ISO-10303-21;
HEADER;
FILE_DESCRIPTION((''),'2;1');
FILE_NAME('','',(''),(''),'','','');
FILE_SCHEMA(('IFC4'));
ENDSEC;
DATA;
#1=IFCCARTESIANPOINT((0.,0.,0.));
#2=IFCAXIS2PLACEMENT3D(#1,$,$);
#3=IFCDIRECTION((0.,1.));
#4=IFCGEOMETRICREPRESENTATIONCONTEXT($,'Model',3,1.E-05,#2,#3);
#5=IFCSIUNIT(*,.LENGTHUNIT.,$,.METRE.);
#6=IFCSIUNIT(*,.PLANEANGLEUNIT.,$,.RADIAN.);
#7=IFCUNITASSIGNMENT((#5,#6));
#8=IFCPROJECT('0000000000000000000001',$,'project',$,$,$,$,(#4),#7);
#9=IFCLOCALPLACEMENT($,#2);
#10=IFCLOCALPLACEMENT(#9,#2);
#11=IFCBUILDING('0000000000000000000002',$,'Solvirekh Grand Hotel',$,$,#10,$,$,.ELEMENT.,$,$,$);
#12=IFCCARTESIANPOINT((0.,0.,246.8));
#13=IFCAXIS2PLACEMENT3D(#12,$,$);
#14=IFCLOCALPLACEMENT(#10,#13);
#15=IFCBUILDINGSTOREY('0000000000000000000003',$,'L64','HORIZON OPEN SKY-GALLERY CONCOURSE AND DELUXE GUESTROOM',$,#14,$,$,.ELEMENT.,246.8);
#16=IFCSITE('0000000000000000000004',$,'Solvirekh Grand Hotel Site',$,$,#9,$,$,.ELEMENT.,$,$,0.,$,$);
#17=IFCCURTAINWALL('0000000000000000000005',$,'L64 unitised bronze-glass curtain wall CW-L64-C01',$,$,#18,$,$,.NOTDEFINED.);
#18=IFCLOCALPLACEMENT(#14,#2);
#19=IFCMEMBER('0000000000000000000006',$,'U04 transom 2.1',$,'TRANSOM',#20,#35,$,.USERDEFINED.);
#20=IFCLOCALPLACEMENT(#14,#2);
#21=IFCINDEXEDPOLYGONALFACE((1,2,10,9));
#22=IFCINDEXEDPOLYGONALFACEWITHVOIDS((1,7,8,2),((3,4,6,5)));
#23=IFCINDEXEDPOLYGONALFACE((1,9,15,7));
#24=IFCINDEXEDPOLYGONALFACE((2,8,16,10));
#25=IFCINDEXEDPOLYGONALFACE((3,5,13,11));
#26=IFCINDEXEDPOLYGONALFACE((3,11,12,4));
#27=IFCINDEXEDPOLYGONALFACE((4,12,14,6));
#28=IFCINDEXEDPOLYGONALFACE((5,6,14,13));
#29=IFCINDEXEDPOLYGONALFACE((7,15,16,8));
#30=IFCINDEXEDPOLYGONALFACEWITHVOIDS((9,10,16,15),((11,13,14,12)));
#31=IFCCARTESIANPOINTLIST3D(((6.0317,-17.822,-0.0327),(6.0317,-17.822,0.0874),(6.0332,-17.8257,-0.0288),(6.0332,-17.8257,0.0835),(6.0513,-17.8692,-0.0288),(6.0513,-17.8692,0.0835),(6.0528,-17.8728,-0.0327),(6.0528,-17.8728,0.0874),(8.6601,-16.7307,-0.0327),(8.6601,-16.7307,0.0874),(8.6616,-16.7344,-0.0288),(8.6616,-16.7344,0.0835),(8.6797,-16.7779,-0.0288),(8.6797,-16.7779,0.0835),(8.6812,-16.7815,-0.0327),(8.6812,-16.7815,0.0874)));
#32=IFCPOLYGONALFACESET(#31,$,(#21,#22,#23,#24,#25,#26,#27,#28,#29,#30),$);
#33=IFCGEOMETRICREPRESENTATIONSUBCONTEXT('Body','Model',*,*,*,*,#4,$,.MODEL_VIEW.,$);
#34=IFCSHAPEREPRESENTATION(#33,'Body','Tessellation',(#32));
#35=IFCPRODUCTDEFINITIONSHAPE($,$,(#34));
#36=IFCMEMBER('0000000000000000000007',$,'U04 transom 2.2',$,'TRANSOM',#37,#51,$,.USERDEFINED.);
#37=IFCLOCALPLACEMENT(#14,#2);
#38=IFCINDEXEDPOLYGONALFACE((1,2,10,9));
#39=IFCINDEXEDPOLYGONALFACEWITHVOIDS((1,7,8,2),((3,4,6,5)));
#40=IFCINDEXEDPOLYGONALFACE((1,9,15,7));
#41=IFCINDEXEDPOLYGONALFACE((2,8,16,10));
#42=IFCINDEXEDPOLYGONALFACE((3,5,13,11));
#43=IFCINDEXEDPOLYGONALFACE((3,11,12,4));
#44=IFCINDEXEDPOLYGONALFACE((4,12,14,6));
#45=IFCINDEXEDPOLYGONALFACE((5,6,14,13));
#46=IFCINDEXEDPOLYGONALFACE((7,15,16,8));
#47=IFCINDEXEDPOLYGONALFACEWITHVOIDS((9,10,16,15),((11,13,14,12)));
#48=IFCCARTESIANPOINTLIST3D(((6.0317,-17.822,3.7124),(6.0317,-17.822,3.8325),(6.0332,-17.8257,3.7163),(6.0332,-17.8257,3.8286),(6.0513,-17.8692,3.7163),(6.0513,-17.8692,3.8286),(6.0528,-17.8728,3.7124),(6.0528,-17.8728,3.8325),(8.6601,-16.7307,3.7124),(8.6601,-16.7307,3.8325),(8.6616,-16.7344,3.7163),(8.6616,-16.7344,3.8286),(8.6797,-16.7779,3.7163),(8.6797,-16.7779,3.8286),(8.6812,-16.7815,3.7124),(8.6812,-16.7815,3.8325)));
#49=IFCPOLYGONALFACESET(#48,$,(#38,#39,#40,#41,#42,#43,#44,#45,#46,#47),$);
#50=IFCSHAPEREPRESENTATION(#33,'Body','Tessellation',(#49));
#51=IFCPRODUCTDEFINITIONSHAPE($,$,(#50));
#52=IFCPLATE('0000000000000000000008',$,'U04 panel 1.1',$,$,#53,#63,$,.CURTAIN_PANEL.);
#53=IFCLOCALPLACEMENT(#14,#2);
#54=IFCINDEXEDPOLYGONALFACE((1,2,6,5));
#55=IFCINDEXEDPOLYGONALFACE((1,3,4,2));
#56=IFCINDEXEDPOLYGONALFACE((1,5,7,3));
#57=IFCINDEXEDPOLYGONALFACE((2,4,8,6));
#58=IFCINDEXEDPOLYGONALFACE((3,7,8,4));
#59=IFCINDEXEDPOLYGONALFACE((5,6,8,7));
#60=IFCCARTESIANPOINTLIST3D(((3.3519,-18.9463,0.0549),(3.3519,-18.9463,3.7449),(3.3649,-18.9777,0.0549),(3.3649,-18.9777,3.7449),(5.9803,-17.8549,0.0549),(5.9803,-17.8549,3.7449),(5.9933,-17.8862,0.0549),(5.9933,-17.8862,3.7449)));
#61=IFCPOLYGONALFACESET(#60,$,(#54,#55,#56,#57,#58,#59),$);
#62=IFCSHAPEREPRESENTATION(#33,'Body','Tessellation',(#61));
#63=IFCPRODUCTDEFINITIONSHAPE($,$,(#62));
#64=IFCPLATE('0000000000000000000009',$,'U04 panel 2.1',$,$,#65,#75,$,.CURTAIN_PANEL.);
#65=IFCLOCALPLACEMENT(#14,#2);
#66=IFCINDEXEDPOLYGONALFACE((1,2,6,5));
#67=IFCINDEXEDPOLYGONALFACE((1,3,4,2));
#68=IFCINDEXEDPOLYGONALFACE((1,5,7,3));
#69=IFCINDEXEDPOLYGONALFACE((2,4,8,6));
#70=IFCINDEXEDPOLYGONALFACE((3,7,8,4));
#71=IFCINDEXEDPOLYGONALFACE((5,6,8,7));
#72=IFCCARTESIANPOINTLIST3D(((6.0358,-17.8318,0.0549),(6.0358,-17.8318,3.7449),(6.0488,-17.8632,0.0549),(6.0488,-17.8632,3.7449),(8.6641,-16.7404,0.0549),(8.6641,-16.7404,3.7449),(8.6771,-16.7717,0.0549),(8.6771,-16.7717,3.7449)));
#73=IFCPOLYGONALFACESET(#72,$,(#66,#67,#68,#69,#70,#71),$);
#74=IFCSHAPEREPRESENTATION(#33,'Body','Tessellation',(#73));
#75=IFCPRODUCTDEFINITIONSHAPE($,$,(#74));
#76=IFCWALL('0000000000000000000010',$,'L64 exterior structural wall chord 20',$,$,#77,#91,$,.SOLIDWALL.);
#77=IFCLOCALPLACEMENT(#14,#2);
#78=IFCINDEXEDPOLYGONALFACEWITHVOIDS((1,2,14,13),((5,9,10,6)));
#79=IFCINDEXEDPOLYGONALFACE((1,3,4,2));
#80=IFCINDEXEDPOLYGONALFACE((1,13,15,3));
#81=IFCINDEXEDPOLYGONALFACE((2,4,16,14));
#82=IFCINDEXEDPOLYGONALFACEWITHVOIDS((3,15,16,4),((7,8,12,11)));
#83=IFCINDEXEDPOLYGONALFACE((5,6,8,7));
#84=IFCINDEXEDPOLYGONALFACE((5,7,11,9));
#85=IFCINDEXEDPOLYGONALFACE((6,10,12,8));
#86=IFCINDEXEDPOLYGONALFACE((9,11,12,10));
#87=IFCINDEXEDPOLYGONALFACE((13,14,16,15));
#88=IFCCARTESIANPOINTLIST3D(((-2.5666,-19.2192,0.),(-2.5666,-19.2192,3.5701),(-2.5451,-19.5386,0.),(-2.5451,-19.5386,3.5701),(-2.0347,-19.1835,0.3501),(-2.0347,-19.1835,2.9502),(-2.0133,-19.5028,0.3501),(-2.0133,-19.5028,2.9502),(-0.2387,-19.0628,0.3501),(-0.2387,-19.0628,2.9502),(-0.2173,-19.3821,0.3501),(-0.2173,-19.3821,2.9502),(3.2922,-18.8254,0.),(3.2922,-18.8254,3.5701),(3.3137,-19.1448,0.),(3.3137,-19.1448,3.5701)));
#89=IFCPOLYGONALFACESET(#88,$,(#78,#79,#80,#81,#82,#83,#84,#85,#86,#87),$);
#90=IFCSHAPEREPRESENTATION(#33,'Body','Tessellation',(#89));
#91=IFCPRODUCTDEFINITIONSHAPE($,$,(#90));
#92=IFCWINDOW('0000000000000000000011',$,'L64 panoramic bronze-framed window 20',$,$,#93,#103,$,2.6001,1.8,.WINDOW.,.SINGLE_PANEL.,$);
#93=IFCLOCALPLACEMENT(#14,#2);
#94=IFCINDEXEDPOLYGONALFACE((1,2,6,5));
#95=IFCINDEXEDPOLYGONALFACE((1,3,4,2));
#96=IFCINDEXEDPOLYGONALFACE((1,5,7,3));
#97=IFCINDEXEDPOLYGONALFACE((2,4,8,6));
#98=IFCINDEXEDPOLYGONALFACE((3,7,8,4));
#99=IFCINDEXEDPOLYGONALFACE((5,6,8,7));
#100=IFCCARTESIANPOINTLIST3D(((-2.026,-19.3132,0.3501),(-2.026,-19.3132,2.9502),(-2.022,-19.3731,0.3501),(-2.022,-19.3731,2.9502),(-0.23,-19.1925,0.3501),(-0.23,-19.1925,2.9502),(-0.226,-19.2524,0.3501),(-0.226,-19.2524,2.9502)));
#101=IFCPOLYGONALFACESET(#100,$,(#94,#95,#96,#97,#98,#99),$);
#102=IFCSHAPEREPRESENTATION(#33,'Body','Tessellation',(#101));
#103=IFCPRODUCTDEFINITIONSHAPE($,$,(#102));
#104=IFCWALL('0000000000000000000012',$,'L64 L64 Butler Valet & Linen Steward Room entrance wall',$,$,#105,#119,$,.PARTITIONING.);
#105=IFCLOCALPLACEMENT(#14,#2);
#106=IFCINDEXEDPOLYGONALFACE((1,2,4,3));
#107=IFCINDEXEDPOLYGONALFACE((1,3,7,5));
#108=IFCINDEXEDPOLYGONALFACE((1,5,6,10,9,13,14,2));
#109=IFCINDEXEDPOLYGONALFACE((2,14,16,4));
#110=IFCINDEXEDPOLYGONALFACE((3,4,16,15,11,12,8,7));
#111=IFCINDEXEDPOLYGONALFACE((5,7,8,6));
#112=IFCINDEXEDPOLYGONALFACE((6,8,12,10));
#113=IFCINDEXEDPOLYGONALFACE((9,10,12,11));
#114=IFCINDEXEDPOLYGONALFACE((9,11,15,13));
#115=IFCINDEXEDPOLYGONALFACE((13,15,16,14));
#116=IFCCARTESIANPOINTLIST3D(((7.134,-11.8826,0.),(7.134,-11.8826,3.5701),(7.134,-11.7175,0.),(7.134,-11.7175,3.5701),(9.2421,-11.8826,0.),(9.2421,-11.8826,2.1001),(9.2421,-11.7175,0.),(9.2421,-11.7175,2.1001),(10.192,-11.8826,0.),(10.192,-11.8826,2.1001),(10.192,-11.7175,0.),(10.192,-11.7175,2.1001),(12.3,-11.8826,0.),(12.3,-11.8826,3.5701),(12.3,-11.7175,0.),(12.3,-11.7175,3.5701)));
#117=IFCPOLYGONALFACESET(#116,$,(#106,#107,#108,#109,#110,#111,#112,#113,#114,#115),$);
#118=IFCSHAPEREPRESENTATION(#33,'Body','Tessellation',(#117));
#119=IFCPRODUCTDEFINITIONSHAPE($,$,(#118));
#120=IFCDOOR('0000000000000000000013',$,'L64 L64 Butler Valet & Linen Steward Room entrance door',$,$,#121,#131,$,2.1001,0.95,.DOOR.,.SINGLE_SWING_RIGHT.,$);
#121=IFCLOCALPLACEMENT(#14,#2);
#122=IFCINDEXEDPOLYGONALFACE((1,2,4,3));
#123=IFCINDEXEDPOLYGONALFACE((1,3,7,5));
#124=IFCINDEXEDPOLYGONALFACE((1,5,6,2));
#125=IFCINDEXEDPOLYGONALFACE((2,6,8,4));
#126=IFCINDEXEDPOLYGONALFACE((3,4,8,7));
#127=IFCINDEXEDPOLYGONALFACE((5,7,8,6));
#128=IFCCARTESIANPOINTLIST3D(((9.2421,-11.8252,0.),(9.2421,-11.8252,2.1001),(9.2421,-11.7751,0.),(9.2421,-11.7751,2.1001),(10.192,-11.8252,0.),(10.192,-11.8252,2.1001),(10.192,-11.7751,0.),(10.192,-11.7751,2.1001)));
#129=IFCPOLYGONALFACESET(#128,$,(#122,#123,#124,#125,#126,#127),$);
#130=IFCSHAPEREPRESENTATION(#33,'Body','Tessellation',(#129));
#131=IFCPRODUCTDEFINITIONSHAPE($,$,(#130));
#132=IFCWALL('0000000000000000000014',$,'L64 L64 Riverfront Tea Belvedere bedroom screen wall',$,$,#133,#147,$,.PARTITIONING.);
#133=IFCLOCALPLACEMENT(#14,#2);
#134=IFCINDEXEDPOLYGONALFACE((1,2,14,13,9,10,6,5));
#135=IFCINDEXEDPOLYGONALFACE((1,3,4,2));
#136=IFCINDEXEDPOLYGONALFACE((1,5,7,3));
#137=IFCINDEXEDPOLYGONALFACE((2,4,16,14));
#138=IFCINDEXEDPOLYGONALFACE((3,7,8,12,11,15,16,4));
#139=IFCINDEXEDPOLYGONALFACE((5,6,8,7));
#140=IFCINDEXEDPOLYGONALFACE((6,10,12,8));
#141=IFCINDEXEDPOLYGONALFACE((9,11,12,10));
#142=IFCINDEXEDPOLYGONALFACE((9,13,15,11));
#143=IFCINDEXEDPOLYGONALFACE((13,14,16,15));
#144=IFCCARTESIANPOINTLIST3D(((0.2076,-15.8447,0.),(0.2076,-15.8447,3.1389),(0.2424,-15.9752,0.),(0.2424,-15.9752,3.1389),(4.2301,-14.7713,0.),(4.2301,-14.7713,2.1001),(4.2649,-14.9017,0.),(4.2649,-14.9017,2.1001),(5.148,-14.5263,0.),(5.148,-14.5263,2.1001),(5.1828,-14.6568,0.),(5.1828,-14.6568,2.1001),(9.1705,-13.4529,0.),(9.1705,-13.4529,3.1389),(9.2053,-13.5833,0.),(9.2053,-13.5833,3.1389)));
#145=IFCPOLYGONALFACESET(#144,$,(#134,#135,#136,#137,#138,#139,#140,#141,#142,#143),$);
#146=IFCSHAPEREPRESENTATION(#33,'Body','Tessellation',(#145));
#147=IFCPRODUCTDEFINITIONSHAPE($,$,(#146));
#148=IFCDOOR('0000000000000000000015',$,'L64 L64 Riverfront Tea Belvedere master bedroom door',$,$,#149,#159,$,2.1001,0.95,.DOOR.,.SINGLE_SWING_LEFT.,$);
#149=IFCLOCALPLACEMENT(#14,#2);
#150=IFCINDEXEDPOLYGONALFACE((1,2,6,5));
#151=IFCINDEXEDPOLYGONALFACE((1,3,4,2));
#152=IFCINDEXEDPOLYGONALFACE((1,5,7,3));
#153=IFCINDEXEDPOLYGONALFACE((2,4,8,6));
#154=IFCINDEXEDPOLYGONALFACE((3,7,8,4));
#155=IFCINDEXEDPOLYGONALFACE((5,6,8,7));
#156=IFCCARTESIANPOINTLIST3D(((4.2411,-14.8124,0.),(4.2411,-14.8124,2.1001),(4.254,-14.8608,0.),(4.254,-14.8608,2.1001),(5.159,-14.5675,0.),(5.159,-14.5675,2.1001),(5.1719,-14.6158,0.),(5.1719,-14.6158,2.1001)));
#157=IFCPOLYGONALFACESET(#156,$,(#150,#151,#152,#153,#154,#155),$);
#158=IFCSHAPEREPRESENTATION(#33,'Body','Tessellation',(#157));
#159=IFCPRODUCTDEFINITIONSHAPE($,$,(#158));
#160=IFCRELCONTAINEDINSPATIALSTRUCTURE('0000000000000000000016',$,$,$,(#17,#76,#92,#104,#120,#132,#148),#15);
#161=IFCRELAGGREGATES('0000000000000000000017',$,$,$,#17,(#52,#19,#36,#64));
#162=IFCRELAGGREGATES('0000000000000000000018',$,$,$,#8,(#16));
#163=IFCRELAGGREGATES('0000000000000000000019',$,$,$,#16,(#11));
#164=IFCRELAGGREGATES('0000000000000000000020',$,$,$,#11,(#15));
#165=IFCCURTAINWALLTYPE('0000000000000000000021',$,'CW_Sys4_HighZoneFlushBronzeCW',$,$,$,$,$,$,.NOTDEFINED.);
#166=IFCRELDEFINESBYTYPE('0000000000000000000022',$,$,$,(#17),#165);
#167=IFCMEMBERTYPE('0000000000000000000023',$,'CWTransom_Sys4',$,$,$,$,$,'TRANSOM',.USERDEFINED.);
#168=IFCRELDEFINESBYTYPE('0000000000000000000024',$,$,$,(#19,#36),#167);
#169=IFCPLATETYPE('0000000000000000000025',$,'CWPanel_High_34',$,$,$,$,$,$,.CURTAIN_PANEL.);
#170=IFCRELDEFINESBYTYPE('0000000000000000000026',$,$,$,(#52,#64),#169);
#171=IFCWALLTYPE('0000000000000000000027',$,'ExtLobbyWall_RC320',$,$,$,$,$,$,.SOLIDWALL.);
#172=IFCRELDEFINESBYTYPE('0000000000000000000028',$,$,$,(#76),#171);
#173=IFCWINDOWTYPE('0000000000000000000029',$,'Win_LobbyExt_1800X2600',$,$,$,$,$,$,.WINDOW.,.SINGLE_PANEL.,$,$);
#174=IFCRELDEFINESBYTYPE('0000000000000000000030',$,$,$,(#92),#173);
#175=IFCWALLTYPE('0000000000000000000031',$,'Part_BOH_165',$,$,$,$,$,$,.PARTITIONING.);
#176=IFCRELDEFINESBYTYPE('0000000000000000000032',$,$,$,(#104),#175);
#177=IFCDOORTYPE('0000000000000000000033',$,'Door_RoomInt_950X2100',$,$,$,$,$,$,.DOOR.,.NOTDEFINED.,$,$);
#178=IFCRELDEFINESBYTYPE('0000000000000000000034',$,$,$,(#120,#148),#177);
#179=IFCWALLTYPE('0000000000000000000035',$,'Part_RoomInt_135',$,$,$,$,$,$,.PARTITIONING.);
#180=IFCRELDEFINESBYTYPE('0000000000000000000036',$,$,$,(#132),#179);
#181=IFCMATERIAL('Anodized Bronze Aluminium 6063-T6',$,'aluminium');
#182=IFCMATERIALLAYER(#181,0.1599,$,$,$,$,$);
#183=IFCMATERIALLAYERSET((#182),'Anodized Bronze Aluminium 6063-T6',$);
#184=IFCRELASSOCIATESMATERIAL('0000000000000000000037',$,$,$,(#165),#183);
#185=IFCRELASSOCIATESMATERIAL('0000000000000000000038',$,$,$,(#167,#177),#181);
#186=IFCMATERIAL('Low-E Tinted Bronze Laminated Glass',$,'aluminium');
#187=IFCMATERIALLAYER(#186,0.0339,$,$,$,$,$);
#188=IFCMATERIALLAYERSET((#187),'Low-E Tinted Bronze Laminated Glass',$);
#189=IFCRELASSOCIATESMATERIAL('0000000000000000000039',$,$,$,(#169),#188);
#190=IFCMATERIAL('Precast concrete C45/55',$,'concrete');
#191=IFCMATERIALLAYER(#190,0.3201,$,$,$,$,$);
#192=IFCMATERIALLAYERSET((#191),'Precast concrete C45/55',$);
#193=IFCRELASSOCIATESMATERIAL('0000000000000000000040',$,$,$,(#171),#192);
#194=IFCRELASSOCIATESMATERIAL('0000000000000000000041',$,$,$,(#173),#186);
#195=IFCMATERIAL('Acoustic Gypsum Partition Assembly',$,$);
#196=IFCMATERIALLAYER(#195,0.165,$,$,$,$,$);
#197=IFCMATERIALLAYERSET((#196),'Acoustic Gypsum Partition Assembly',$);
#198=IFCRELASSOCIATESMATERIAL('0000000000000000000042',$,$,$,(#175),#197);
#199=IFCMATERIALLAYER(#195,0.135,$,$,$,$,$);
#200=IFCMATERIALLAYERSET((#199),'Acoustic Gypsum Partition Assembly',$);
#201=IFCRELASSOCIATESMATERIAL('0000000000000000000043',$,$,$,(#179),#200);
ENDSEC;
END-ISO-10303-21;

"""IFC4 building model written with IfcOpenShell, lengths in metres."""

from ifc_helpers import new_model, si_unit, direction, frame, frame_2d, origin, origin_2d, place, context, subcontext, project, spatial, rectangle, hollow_rectangle, extrude, source, transform, mapped, material, layer, layer_set, material_profile, profile_set, type_object, element, fill, aggregate, save


model = new_model("IFC4")

# Units and contexts
model_context = context("Model", 3, precision=1e-05, world=origin(), true_north=direction((0.0, 1.0)))
body_context = subcontext(model_context, "Body", "Model", "MODEL_VIEW")
ifc_project = project(units=[si_unit("LENGTHUNIT", "METRE"), si_unit("PLANEANGLEUNIT", "RADIAN")], contexts=[model_context])

# Site, building, storey
site_placement = place(None, origin())
site = spatial("IfcSite", under=ifc_project, at=site_placement, Name="Solvirekh Grand Hotel Site", CompositionType="ELEMENT", RefElevation=0.0)
building_placement = place(site_placement, origin())
building = spatial("IfcBuilding", under=site, at=building_placement, Name="Solvirekh Grand Hotel", CompositionType="ELEMENT")
storey_placement = place(building_placement, frame((0.0, 0.0, 246.8)))
storey = spatial("IfcBuildingStorey", under=building, at=storey_placement, Name="L64", Description="HORIZON OPEN SKY-GALLERY CONCOURSE AND DELUXE GUESTROOM", CompositionType="ELEMENT", Elevation=246.8)

# Curtain wall, members, plates
ifc_material_1 = material(Name="Anodized Bronze Aluminium 6063-T6", Category="aluminium")
ifc_layer_1 = layer(ifc_material_1, 0.1599)
ifc_layer_set_1 = layer_set([ifc_layer_1], Name="Anodized Bronze Aluminium 6063-T6")
curtain_wall_type = type_object("IfcCurtainWallType", Name="CW_Sys4_HighZoneFlushBronzeCW", PredefinedType="NOTDEFINED", material=ifc_layer_set_1)
curtain_wall_placement = place(storey_placement, origin())
curtain_wall = element("IfcCurtainWall", 1, at=curtain_wall_placement, inside=storey, type_object=curtain_wall_type, Name="L64 unitised bronze-glass curtain wall CW-L64-C01", PredefinedType="NOTDEFINED")
ifc_material_profile_1 = material_profile(ifc_material_1, hollow_rectangle(XDim=0.0549, YDim=0.1201, WallThickness=0.0039, at=origin_2d()), Name="ALU RHS 120X55X4")
ifc_profile_set_1 = profile_set([ifc_material_profile_1], Name="Anodized Bronze Aluminium 6063-T6")
member_type_1 = type_object("IfcMemberType", Name="CWTransom_Sys4", ElementType="TRANSOM", PredefinedType="USERDEFINED", material=ifc_profile_set_1)
shared_shape_1 = source(origin(), body_context, "Body", "SweptSolid", [
    extrude(hollow_rectangle(XDim=0.0549, YDim=0.1201, WallThickness=0.0039, at=origin_2d()), origin(), (0.0, 0.0, 1.0), 2.8459),
])
member_1_placement = place(storey_placement, frame((6.0422, -17.8474, 0.0273), z_axis=(0.923558, 0.383458, 0.0), x_axis=(-0.383458, 0.923558, 0.0)))
member_1 = element("IfcMember", 2, at=member_1_placement, type_object=member_type_1, Name="U04 transom 2.1", ObjectType="TRANSOM", PredefinedType="USERDEFINED", context=body_context, shape_type="MappedRepresentation", body=[
    mapped(shared_shape_1, transform((0.0, 0.0, 0.0), x_axis=(1.0, 0.0, 0.0), y_axis=(0.0, 1.0, 0.0), z_axis=(0.0, 0.0, 1.0), scale=1.0)),
])
member_2_placement = place(storey_placement, frame((6.0422, -17.8474, 3.7725), z_axis=(0.923558, 0.383458, 0.0), x_axis=(-0.383458, 0.923558, 0.0)))
member_2 = element("IfcMember", 3, at=member_2_placement, type_object=member_type_1, Name="U04 transom 2.2", ObjectType="TRANSOM", PredefinedType="USERDEFINED", context=body_context, shape_type="MappedRepresentation", body=[
    mapped(shared_shape_1, transform((0.0, 0.0, 0.0), x_axis=(1.0, 0.0, 0.0), y_axis=(0.0, 1.0, 0.0), z_axis=(0.0, 0.0, 1.0), scale=1.0)),
])
ifc_material_2 = material(Name="Low-E Tinted Bronze Laminated Glass", Category="aluminium")
ifc_layer_2 = layer(ifc_material_2, 0.0339)
ifc_layer_set_2 = layer_set([ifc_layer_2], Name="Low-E Tinted Bronze Laminated Glass")
plate_type = type_object("IfcPlateType", Name="CWPanel_High_34", PredefinedType="CURTAIN_PANEL", material=ifc_layer_set_2)
shared_shape_2 = source(origin(), body_context, "Body", "SweptSolid", [
    extrude(rectangle(XDim=2.8459, YDim=0.0339, at=origin_2d()), origin(), (0.0, 0.0, 1.0), 3.6899),
])
plate_1_placement = place(storey_placement, frame((4.6726, -18.4163, 0.0549), z_axis=(0.0, 0.0, 1.0), x_axis=(0.923535, 0.383515, 0.0)))
plate_1 = element("IfcPlate", 4, at=plate_1_placement, type_object=plate_type, Name="U04 panel 1.1", PredefinedType="CURTAIN_PANEL", context=body_context, shape_type="MappedRepresentation", body=[
    mapped(shared_shape_2, transform((0.0, 0.0, 0.0), x_axis=(1.0, 0.0, 0.0), y_axis=(0.0, 1.0, 0.0), z_axis=(0.0, 0.0, 1.0), scale=1.0)),
])
plate_2_placement = place(storey_placement, frame((7.3564, -17.3018, 0.0549), z_axis=(0.0, 0.0, 1.0), x_axis=(0.923535, 0.383515, 0.0)))
plate_2 = element("IfcPlate", 5, at=plate_2_placement, type_object=plate_type, Name="U04 panel 2.1", PredefinedType="CURTAIN_PANEL", context=body_context, shape_type="MappedRepresentation", body=[
    mapped(shared_shape_2, transform((0.0, 0.0, 0.0), x_axis=(1.0, 0.0, 0.0), y_axis=(0.0, 1.0, 0.0), z_axis=(0.0, 0.0, 1.0), scale=1.0)),
])
aggregate(curtain_wall, [plate_1, member_1, member_2, plate_2])

# Wall, opening, window
ifc_material_3 = material(Name="Precast concrete C45/55", Category="concrete")
ifc_layer_3 = layer(ifc_material_3, 0.3201)
ifc_layer_set_3 = layer_set([ifc_layer_3], Name="Precast concrete C45/55")
wall_type_1 = type_object("IfcWallType", Name="ExtLobbyWall_RC320", PredefinedType="SOLIDWALL", material=ifc_layer_set_3)
wall_1_placement = place(storey_placement, frame((3.303, -18.9851, 0.0), z_axis=(0.0, 0.0, 1.0), x_axis=(-0.997749, -0.067063, 0.0)))
wall_1 = element("IfcWall", 6, at=wall_1_placement, inside=storey, type_object=wall_type_1, Name="L64 exterior structural wall chord 20", PredefinedType="SOLIDWALL", context=body_context, shape_type="SweptSolid", body=[
    extrude(rectangle(XDim=5.8721, YDim=0.3201, at=frame_2d((2.936, 0.0))), origin(), (0.0, 0.0, 1.0), 3.5701),
])
opening_1_placement = place(wall_1_placement, frame((3.5391, 0.0, 0.3501)))
opening_1 = element("IfcOpeningElement", 7, at=opening_1_placement, cuts=wall_1, PredefinedType="OPENING", context=body_context, shape_type="SweptSolid", body=[
    extrude(rectangle(XDim=1.8, YDim=2.6001, at=frame_2d((0.8999, 1.3))), frame((0.0, 0.1699, 0.0), z_axis=(0.0, -1.0, 0.0), x_axis=(1.0, 0.0, 0.0)), (0.0, 0.0, 1.0), 0.3401),
])
window_type = type_object("IfcWindowType", Name="Win_LobbyExt_1800X2600", PartitioningType="SINGLE_PANEL", PredefinedType="WINDOW", material=ifc_material_2)
window_placement = place(opening_1_placement, origin())
window = element("IfcWindow", 8, at=window_placement, inside=storey, type_object=window_type, Name="L64 panoramic bronze-framed window 20", OverallHeight=2.6001, OverallWidth=1.8, PartitioningType="SINGLE_PANEL", PredefinedType="WINDOW", context=body_context, shape_type="SweptSolid", body=[
    extrude(rectangle(XDim=1.8, YDim=2.6001, at=frame_2d((0.8999, 1.3))), frame((0.0, 0.03, 0.0), z_axis=(0.0, -1.0, 0.0), x_axis=(1.0, 0.0, 0.0)), (0.0, 0.0, 1.0), 0.0601),
])
fill(opening_1, window)

# Walls, openings, doors
ifc_material_4 = material(Name="Acoustic Gypsum Partition Assembly")
ifc_layer_4 = layer(ifc_material_4, 0.165)
ifc_layer_set_4 = layer_set([ifc_layer_4], Name="Acoustic Gypsum Partition Assembly")
wall_type_2 = type_object("IfcWallType", Name="Part_BOH_165", PredefinedType="PARTITIONING", material=ifc_layer_set_4)
wall_2_placement = place(storey_placement, frame((7.134, -11.8, 0.0), z_axis=(0.0, 0.0, 1.0), x_axis=(1.0, 0.0, 0.0)))
wall_2 = element("IfcWall", 9, at=wall_2_placement, inside=storey, type_object=wall_type_2, Name="L64 L64 Butler Valet & Linen Steward Room entrance wall", PredefinedType="PARTITIONING", context=body_context, shape_type="SweptSolid", body=[
    extrude(rectangle(XDim=5.166, YDim=0.165, at=frame_2d((2.583, 0.0))), origin(), (0.0, 0.0, 1.0), 3.5701),
])
opening_2_placement = place(wall_2_placement, frame((2.1079, 0.0, 0.0)))
opening_2 = element("IfcOpeningElement", 10, at=opening_2_placement, cuts=wall_2, PredefinedType="OPENING", context=body_context, shape_type="SweptSolid", body=[
    extrude(rectangle(XDim=0.95, YDim=2.1001, at=frame_2d((0.4751, 1.05))), frame((0.0, 0.0925, 0.0), z_axis=(0.0, -1.0, 0.0), x_axis=(1.0, 0.0, 0.0)), (0.0, 0.0, 1.0), 0.1851),
])
door_type = type_object("IfcDoorType", Name="Door_RoomInt_950X2100", OperationType="NOTDEFINED", PredefinedType="DOOR", material=ifc_material_1)
door_1_placement = place(opening_2_placement, origin())
door_1 = element("IfcDoor", 11, at=door_1_placement, inside=storey, type_object=door_type, Name="L64 L64 Butler Valet & Linen Steward Room entrance door", OperationType="SINGLE_SWING_RIGHT", OverallHeight=2.1001, OverallWidth=0.95, PredefinedType="DOOR", context=body_context, shape_type="SweptSolid", body=[
    extrude(rectangle(XDim=0.95, YDim=2.1001, at=frame_2d((0.4751, 1.05))), frame((0.0, 0.0249, 0.0), z_axis=(0.0, -1.0, 0.0), x_axis=(1.0, 0.0, 0.0)), (0.0, 0.0, 1.0), 0.05),
])
fill(opening_2, door_1)
ifc_layer_5 = layer(ifc_material_4, 0.135)
ifc_layer_set_5 = layer_set([ifc_layer_5], Name="Acoustic Gypsum Partition Assembly")
wall_type_3 = type_object("IfcWallType", Name="Part_RoomInt_135", PredefinedType="PARTITIONING", material=ifc_layer_set_5)
wall_3_placement = place(storey_placement, frame((0.2251, -15.9099, 0.0), z_axis=(0.0, 0.0, 1.0), x_axis=(0.966188, 0.257838, 0.0)))
wall_3 = element("IfcWall", 12, at=wall_3_placement, inside=storey, type_object=wall_type_3, Name="L64 L64 Riverfront Tea Belvedere bedroom screen wall", PredefinedType="PARTITIONING", context=body_context, shape_type="SweptSolid", body=[
    extrude(rectangle(XDim=9.2766, YDim=0.135, at=frame_2d((4.6382, 0.0))), origin(), (0.0, 0.0, 1.0), 3.1389),
])
opening_3_placement = place(wall_3_placement, frame((4.1631, 0.0, 0.0)))
opening_3 = element("IfcOpeningElement", 13, at=opening_3_placement, cuts=wall_3, PredefinedType="OPENING", context=body_context, shape_type="SweptSolid", body=[
    extrude(rectangle(XDim=0.95, YDim=2.1001, at=frame_2d((0.4751, 1.05))), frame((0.0, 0.0776, 0.0), z_axis=(0.0, -1.0, 0.0), x_axis=(1.0, 0.0, 0.0)), (0.0, 0.0, 1.0), 0.155),
])
door_2_placement = place(opening_3_placement, origin())
door_2 = element("IfcDoor", 14, at=door_2_placement, inside=storey, type_object=door_type, Name="L64 L64 Riverfront Tea Belvedere master bedroom door", OperationType="SINGLE_SWING_LEFT", OverallHeight=2.1001, OverallWidth=0.95, PredefinedType="DOOR", context=body_context, shape_type="SweptSolid", body=[
    extrude(rectangle(XDim=0.95, YDim=2.1001, at=frame_2d((0.4751, 1.05))), frame((0.0, 0.0249, 0.0), z_axis=(0.0, -1.0, 0.0), x_axis=(1.0, 0.0, 0.0)), (0.0, 0.0, 1.0), 0.05),
])
fill(opening_3, door_2)

save(model, "model.ifc")
